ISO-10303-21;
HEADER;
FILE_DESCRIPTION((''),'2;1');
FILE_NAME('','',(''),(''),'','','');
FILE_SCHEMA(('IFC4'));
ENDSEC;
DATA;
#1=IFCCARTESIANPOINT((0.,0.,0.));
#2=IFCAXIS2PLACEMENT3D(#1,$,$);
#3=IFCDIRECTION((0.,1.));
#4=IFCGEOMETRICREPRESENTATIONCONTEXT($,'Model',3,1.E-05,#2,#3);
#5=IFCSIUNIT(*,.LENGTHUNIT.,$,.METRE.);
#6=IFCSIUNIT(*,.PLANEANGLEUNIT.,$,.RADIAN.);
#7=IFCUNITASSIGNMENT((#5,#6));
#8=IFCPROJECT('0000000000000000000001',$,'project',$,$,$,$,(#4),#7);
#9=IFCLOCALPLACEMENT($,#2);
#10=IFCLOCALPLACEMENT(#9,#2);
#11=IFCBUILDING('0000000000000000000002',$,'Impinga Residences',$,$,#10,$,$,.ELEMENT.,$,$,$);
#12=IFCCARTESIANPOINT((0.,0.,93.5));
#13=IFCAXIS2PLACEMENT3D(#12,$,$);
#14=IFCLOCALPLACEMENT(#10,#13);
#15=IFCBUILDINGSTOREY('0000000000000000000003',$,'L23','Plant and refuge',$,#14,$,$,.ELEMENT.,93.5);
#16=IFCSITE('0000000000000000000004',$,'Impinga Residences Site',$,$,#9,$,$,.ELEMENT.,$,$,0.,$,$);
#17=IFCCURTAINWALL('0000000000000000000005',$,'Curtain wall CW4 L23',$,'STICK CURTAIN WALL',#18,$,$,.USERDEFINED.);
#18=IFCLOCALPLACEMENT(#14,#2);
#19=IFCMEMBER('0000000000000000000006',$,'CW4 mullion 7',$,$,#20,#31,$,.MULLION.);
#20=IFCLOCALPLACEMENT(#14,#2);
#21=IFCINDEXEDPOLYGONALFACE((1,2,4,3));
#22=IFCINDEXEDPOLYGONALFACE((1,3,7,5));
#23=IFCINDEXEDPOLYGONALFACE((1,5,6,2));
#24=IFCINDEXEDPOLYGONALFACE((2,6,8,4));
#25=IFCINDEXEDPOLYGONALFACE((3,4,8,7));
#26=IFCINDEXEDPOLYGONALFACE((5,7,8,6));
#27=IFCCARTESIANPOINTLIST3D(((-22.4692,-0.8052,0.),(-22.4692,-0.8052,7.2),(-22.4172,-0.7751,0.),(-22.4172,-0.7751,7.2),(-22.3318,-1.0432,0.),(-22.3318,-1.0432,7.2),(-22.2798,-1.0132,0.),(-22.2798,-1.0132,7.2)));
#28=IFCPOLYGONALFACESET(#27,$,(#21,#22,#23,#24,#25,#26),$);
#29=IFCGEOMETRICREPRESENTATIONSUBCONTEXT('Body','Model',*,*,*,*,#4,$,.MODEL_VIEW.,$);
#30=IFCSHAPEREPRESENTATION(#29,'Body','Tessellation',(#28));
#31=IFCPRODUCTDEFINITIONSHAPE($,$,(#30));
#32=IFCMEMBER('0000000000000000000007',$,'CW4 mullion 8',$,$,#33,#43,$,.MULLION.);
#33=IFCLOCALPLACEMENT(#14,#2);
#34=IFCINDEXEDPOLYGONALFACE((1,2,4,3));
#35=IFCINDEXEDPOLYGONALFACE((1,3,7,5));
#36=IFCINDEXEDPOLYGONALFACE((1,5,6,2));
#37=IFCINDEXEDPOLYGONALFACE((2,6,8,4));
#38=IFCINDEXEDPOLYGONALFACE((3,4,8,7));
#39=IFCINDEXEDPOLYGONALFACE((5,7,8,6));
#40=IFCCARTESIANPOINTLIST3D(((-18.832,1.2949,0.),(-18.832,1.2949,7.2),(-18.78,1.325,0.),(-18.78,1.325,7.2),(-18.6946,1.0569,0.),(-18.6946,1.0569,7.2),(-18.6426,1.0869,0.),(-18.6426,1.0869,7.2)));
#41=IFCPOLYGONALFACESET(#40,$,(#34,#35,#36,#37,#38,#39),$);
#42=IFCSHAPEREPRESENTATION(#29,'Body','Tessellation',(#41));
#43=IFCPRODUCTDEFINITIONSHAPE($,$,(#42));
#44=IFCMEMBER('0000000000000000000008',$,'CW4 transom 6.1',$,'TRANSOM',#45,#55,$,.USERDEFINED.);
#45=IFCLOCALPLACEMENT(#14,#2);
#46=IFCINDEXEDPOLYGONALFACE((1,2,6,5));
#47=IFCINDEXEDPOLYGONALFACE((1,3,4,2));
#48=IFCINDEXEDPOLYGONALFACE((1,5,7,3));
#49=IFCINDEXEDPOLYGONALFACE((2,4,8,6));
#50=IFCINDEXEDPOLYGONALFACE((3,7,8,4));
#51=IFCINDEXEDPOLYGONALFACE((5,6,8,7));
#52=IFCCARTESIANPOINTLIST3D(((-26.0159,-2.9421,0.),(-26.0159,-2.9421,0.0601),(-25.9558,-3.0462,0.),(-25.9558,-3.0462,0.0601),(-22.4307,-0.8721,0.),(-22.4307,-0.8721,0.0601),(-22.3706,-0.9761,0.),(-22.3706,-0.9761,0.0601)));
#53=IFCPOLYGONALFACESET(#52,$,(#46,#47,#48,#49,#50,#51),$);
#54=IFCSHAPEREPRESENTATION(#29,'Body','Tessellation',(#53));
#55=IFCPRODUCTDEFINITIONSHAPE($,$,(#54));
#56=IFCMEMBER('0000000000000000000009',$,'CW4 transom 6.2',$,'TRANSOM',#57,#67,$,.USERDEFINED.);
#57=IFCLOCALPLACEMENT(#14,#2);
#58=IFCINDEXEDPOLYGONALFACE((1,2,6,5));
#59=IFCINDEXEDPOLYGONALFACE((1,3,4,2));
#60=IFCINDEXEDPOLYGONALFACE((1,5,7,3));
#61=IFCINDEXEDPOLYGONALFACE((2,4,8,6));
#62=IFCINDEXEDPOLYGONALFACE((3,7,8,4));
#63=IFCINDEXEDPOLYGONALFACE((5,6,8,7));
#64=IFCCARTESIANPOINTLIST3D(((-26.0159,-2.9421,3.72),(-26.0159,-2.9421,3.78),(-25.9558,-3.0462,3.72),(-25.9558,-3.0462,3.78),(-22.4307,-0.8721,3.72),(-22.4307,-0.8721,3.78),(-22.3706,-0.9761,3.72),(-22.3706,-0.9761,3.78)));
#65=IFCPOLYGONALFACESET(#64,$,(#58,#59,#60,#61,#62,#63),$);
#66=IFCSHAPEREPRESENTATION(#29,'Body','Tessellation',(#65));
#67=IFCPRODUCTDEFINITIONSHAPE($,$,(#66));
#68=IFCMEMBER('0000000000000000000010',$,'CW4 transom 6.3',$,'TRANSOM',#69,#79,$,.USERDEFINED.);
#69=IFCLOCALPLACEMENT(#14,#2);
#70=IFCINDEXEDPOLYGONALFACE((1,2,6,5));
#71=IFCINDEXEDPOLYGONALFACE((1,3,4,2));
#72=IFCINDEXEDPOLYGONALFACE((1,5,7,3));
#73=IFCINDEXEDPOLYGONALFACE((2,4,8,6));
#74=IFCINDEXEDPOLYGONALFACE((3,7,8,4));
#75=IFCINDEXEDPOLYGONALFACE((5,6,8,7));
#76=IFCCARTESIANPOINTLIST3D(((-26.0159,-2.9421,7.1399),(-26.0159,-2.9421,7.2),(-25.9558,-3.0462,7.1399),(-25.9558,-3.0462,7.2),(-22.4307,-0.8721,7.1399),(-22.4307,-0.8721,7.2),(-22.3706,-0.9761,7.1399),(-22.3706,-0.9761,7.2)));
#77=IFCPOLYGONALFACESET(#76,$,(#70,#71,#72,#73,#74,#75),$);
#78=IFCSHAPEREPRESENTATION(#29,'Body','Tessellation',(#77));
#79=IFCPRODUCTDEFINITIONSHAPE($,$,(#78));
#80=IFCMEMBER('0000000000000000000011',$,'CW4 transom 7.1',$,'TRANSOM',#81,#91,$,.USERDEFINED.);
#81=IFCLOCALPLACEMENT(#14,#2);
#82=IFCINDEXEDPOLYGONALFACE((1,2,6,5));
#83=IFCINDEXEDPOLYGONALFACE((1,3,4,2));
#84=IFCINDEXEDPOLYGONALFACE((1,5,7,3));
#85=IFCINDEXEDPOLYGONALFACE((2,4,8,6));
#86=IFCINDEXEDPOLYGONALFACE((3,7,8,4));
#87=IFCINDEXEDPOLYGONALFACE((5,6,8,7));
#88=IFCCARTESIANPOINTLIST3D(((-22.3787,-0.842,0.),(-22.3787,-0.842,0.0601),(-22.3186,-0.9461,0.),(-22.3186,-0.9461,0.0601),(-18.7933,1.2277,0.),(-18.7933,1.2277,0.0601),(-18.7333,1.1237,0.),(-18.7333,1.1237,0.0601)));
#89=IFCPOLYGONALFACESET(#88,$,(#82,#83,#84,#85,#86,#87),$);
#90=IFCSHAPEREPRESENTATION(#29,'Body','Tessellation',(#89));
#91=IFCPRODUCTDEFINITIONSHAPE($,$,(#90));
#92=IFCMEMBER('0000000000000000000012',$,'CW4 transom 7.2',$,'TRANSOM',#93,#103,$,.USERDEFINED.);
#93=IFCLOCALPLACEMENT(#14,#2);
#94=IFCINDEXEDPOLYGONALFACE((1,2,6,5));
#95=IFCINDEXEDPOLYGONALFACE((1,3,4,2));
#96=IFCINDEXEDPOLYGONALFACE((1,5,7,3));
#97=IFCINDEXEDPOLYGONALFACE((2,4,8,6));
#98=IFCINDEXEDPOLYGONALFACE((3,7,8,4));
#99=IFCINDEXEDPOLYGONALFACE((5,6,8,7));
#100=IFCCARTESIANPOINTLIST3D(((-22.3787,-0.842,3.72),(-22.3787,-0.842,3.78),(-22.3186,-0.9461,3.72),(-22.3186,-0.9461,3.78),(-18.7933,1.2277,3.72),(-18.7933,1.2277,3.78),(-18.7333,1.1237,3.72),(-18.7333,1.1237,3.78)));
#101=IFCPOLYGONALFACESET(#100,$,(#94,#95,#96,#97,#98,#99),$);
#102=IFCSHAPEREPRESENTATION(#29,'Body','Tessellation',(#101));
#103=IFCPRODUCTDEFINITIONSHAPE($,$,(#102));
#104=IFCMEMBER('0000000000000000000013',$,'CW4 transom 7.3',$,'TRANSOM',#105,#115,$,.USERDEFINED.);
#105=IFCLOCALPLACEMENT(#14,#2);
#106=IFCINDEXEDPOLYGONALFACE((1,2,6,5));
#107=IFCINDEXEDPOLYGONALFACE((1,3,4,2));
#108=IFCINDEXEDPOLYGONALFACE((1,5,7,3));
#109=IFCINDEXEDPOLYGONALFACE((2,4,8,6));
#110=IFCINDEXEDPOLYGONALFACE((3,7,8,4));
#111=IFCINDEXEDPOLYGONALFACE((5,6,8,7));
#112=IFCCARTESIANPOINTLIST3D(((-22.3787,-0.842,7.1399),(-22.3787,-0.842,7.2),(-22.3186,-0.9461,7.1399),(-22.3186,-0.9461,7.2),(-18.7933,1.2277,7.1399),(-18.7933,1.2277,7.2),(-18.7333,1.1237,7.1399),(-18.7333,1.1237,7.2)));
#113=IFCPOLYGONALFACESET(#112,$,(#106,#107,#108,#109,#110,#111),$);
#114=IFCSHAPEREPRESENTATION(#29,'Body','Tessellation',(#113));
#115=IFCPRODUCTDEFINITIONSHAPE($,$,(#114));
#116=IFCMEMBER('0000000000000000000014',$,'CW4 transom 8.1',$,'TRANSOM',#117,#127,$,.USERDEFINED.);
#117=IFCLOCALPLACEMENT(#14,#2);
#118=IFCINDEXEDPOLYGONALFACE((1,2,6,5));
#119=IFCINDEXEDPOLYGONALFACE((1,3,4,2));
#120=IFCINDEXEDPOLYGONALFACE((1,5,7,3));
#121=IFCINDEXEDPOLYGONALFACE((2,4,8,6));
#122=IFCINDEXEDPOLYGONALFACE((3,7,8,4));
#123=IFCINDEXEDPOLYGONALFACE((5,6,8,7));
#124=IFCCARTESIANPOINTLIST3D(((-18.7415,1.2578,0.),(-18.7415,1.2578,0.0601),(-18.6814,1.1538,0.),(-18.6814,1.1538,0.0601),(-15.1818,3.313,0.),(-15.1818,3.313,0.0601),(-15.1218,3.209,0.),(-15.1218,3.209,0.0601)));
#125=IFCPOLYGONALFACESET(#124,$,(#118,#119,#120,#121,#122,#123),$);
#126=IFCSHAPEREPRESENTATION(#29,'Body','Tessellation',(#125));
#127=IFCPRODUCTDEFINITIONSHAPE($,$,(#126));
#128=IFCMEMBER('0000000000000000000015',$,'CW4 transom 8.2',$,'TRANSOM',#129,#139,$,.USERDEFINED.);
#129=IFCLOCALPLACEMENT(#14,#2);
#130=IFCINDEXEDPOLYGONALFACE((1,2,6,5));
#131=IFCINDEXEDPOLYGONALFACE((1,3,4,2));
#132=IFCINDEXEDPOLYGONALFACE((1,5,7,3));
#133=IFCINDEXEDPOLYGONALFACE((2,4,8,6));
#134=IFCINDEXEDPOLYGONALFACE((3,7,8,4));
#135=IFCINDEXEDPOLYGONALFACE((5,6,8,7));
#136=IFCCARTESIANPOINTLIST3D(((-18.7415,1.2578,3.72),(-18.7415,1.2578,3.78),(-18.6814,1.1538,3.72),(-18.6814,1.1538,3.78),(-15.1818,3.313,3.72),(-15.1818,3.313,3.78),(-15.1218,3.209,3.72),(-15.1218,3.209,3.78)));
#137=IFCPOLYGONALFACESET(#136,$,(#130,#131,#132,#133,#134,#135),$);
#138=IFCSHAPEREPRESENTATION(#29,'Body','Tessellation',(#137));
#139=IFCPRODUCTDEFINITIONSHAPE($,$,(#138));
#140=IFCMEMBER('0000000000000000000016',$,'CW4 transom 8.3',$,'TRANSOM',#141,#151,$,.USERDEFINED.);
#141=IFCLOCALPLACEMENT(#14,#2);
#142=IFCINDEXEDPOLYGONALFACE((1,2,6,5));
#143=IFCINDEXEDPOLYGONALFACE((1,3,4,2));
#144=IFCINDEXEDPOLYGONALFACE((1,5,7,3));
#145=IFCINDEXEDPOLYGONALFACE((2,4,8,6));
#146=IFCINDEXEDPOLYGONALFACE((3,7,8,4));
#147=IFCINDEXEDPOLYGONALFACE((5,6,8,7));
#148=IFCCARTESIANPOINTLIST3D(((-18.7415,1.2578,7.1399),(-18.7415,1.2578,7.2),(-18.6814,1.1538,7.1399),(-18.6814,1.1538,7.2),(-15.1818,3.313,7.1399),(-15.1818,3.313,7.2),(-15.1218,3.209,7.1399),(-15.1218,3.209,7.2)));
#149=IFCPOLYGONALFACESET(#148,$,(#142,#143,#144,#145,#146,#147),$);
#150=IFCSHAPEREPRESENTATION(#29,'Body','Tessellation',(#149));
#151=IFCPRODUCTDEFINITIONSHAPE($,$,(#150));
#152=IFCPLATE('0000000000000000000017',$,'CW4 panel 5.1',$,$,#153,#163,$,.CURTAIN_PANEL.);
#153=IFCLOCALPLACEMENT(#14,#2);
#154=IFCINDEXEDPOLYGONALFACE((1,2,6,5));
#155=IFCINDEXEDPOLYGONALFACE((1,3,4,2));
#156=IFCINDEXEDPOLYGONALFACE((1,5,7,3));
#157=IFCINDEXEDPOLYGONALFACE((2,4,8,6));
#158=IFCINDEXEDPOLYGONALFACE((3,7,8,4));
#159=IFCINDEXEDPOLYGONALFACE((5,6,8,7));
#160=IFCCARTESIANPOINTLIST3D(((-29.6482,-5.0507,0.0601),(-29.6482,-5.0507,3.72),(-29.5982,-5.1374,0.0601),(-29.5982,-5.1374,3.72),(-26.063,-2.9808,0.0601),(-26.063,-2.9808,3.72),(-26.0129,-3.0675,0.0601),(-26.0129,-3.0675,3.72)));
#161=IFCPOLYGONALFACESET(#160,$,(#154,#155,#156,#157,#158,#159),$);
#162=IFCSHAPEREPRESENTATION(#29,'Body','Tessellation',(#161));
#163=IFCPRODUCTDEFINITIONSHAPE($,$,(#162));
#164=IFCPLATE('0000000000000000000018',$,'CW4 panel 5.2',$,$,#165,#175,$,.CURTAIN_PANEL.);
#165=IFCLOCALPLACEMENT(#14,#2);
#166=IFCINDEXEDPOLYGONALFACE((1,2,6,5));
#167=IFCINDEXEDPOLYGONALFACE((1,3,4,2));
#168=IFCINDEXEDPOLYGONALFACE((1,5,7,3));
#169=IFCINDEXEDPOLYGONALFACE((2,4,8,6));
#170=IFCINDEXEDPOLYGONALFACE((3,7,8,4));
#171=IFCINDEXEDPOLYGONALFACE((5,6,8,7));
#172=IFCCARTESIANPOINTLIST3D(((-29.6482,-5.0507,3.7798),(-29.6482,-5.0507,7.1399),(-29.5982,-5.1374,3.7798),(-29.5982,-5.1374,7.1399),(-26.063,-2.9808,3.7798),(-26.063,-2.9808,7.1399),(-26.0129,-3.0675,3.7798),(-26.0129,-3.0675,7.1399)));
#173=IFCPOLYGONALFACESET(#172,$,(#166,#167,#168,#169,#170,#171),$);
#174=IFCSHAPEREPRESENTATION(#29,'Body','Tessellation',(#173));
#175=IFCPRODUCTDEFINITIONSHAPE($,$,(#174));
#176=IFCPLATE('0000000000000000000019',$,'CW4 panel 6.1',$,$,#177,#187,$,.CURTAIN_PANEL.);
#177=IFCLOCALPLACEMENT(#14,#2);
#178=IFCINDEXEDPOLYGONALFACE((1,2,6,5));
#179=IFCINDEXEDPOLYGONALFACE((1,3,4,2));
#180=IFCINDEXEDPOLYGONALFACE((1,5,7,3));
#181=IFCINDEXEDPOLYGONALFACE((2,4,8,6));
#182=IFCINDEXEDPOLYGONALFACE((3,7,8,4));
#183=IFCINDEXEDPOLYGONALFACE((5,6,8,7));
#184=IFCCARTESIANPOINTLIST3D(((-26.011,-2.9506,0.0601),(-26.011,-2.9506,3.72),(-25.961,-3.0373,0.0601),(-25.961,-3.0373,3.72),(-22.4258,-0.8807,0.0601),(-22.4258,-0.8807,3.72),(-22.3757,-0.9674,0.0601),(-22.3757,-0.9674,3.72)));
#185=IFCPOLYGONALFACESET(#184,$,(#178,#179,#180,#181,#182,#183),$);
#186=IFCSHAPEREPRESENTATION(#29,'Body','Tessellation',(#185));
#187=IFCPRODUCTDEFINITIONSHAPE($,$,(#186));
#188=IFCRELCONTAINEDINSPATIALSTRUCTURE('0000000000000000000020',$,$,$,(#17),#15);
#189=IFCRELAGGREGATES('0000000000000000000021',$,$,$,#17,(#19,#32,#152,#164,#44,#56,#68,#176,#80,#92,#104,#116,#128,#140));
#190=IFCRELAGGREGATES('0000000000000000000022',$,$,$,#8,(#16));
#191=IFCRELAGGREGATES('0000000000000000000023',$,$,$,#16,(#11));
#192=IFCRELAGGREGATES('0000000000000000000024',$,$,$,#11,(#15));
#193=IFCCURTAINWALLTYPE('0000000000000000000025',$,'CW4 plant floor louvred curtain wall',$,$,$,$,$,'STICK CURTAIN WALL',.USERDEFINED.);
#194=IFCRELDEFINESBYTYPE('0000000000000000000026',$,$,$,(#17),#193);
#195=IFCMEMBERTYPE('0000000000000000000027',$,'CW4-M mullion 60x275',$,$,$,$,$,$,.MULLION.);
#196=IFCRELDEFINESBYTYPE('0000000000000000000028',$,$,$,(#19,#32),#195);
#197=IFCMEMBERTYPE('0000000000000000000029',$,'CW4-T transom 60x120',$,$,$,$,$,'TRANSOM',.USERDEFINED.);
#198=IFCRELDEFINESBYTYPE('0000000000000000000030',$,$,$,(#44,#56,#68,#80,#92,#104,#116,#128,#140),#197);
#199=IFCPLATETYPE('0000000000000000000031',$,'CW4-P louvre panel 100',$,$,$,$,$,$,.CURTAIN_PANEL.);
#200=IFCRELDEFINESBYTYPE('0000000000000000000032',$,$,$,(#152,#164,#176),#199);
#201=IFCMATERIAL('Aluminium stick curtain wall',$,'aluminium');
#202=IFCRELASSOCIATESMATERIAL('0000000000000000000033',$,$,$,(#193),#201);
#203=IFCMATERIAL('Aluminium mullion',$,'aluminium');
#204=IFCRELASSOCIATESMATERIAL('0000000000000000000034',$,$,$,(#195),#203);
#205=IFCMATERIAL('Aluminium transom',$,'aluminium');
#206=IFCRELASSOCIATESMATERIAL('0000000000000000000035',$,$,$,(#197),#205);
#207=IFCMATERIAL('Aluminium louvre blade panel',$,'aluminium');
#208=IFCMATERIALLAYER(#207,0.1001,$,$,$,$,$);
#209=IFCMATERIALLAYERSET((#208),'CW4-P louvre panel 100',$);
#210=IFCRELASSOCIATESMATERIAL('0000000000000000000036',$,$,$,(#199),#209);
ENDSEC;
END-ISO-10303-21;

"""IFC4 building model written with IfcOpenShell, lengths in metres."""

from ifc_helpers import new_model, si_unit, direction, frame, origin, origin_2d, place, context, subcontext, project, spatial, rectangle, extrude, material, layer, layer_set, material_profile, profile_set, type_object, element, aggregate, save


model = new_model("IFC4")

# Units and contexts
model_context = context("Model", 3, precision=1e-05, world=origin(), true_north=direction((0.0, 1.0)))
body_context = subcontext(model_context, "Body", "Model", "MODEL_VIEW")
ifc_project = project(units=[si_unit("LENGTHUNIT", "METRE"), si_unit("PLANEANGLEUNIT", "RADIAN")], contexts=[model_context])

# Site, building, storey
site_placement = place(None, origin())
site = spatial("IfcSite", under=ifc_project, at=site_placement, Name="Impinga Residences Site", CompositionType="ELEMENT", RefElevation=0.0)
building_placement = place(site_placement, origin())
building = spatial("IfcBuilding", under=site, at=building_placement, Name="Impinga Residences", CompositionType="ELEMENT")
storey_placement = place(building_placement, frame((0.0, 0.0, 93.5)))
storey = spatial("IfcBuildingStorey", under=building, at=storey_placement, Name="L23", Description="Plant and refuge", CompositionType="ELEMENT", Elevation=93.5)

# Curtain wall, members, plates
ifc_material_1 = material(Name="Aluminium stick curtain wall", Category="aluminium")
curtain_wall_type = type_object("IfcCurtainWallType", Name="CW4 plant floor louvred curtain wall", ElementType="STICK CURTAIN WALL", PredefinedType="USERDEFINED", material=ifc_material_1)
curtain_wall_placement = place(storey_placement, origin())
curtain_wall = element("IfcCurtainWall", 1, at=curtain_wall_placement, inside=storey, type_object=curtain_wall_type, Name="Curtain wall CW4 L23", ObjectType="STICK CURTAIN WALL", PredefinedType="USERDEFINED")
ifc_material_2 = material(Name="Aluminium mullion", Category="aluminium")
ifc_material_profile_1 = material_profile(ifc_material_2, rectangle(XDim=0.0601, YDim=0.2749, at=origin_2d()), Name="60x275 mullion")
ifc_profile_set_1 = profile_set([ifc_material_profile_1], Name="Aluminium mullion")
member_type_1 = type_object("IfcMemberType", Name="CW4-M mullion 60x275", PredefinedType="MULLION", material=ifc_profile_set_1)
member_1_placement = place(storey_placement, frame((-22.3745, -0.9092, 0.0), z_axis=(0.0, 0.0, 1.0), x_axis=(0.866025, 0.5, 0.0)))
member_1 = element("IfcMember", 2, at=member_1_placement, type_object=member_type_1, Name="CW4 mullion 7", PredefinedType="MULLION", context=body_context, shape_type="SweptSolid", body=[
    extrude(rectangle(XDim=0.0601, YDim=0.2749, at=origin_2d()), origin(), (0.0, 0.0, 1.0), 7.2),
])
member_2_placement = place(storey_placement, frame((-18.7373, 1.1909, 0.0), z_axis=(0.0, 0.0, 1.0), x_axis=(0.866025, 0.5, 0.0)))
member_2 = element("IfcMember", 3, at=member_2_placement, type_object=member_type_1, Name="CW4 mullion 8", PredefinedType="MULLION", context=body_context, shape_type="SweptSolid", body=[
    extrude(rectangle(XDim=0.0601, YDim=0.2749, at=origin_2d()), origin(), (0.0, 0.0, 1.0), 7.2),
])
ifc_material_3 = material(Name="Aluminium transom", Category="aluminium")
ifc_material_profile_2 = material_profile(ifc_material_3, rectangle(XDim=0.0601, YDim=0.1201, at=origin_2d()), Name="60x120 transom")
ifc_profile_set_2 = profile_set([ifc_material_profile_2], Name="Aluminium transom")
member_type_2 = type_object("IfcMemberType", Name="CW4-T transom 60x120", ElementType="TRANSOM", PredefinedType="USERDEFINED", material=ifc_profile_set_2)
member_3_placement = place(storey_placement, frame((-25.9858, -2.9941, 0.03), z_axis=(0.86601, 0.500027, 0.0), x_axis=(0.0, 0.0, 1.0)))
member_3 = element("IfcMember", 4, at=member_3_placement, type_object=member_type_2, Name="CW4 transom 6.1", ObjectType="TRANSOM", PredefinedType="USERDEFINED", context=body_context, shape_type="SweptSolid", body=[
    extrude(rectangle(XDim=0.0601, YDim=0.1201, at=origin_2d()), origin(), (0.0, 0.0, 1.0), 4.1399),
])
member_4_placement = place(storey_placement, frame((-25.9858, -2.9941, 3.75), z_axis=(0.86601, 0.500027, 0.0), x_axis=(0.0, 0.0, 1.0)))
member_4 = element("IfcMember", 5, at=member_4_placement, type_object=member_type_2, Name="CW4 transom 6.2", ObjectType="TRANSOM", PredefinedType="USERDEFINED", context=body_context, shape_type="SweptSolid", body=[
    extrude(rectangle(XDim=0.0601, YDim=0.1201, at=origin_2d()), origin(), (0.0, 0.0, 1.0), 4.1399),
])
member_5_placement = place(storey_placement, frame((-25.9858, -2.9941, 7.1699), z_axis=(0.86601, 0.500027, 0.0), x_axis=(0.0, 0.0, 1.0)))
member_5 = element("IfcMember", 6, at=member_5_placement, type_object=member_type_2, Name="CW4 transom 6.3", ObjectType="TRANSOM", PredefinedType="USERDEFINED", context=body_context, shape_type="SweptSolid", body=[
    extrude(rectangle(XDim=0.0601, YDim=0.1201, at=origin_2d()), origin(), (0.0, 0.0, 1.0), 4.1399),
])
member_6_placement = place(storey_placement, frame((-22.3486, -0.894, 0.03), z_axis=(0.86605, 0.499957, 0.0), x_axis=(0.0, 0.0, 1.0)))
member_6 = element("IfcMember", 7, at=member_6_placement, type_object=member_type_2, Name="CW4 transom 7.1", ObjectType="TRANSOM", PredefinedType="USERDEFINED", context=body_context, shape_type="SweptSolid", body=[
    extrude(rectangle(XDim=0.0601, YDim=0.1201, at=origin_2d()), origin(), (0.0, 0.0, 1.0), 4.1399),
])
member_7_placement = place(storey_placement, frame((-22.3486, -0.894, 3.75), z_axis=(0.86605, 0.499957, 0.0), x_axis=(0.0, 0.0, 1.0)))
member_7 = element("IfcMember", 8, at=member_7_placement, type_object=member_type_2, Name="CW4 transom 7.2", ObjectType="TRANSOM", PredefinedType="USERDEFINED", context=body_context, shape_type="SweptSolid", body=[
    extrude(rectangle(XDim=0.0601, YDim=0.1201, at=origin_2d()), origin(), (0.0, 0.0, 1.0), 4.1399),
])
member_8_placement = place(storey_placement, frame((-22.3486, -0.894, 7.1699), z_axis=(0.86605, 0.499957, 0.0), x_axis=(0.0, 0.0, 1.0)))
member_8 = element("IfcMember", 9, at=member_8_placement, type_object=member_type_2, Name="CW4 transom 7.3", ObjectType="TRANSOM", PredefinedType="USERDEFINED", context=body_context, shape_type="SweptSolid", body=[
    extrude(rectangle(XDim=0.0601, YDim=0.1201, at=origin_2d()), origin(), (0.0, 0.0, 1.0), 4.1399),
])
member_9_placement = place(storey_placement, frame((-18.7114, 1.2058, 0.03), z_axis=(0.866019, 0.50001, 0.0), x_axis=(0.0, 0.0, 1.0)))
member_9 = element("IfcMember", 10, at=member_9_placement, type_object=member_type_2, Name="CW4 transom 8.1", ObjectType="TRANSOM", PredefinedType="USERDEFINED", context=body_context, shape_type="SweptSolid", body=[
    extrude(rectangle(XDim=0.0601, YDim=0.1201, at=origin_2d()), origin(), (0.0, 0.0, 1.0), 4.1104),
])
member_10_placement = place(storey_placement, frame((-18.7114, 1.2058, 3.75), z_axis=(0.866019, 0.50001, 0.0), x_axis=(0.0, 0.0, 1.0)))
member_10 = element("IfcMember", 11, at=member_10_placement, type_object=member_type_2, Name="CW4 transom 8.2", ObjectType="TRANSOM", PredefinedType="USERDEFINED", context=body_context, shape_type="SweptSolid", body=[
    extrude(rectangle(XDim=0.0601, YDim=0.1201, at=origin_2d()), origin(), (0.0, 0.0, 1.0), 4.1104),
])
member_11_placement = place(storey_placement, frame((-18.7114, 1.2058, 7.1699), z_axis=(0.866019, 0.50001, 0.0), x_axis=(0.0, 0.0, 1.0)))
member_11 = element("IfcMember", 12, at=member_11_placement, type_object=member_type_2, Name="CW4 transom 8.3", ObjectType="TRANSOM", PredefinedType="USERDEFINED", context=body_context, shape_type="SweptSolid", body=[
    extrude(rectangle(XDim=0.0601, YDim=0.1201, at=origin_2d()), origin(), (0.0, 0.0, 1.0), 4.1104),
])
ifc_material_4 = material(Name="Aluminium louvre blade panel", Category="aluminium")
ifc_layer = layer(ifc_material_4, 0.1001)
ifc_layer_set = layer_set([ifc_layer], Name="CW4-P louvre panel 100")
plate_type = type_object("IfcPlateType", Name="CW4-P louvre panel 100", PredefinedType="CURTAIN_PANEL", material=ifc_layer_set)
plate_1_placement = place(storey_placement, frame((-27.8306, -4.0591, 0.0601), z_axis=(0.0, 0.0, 1.0), x_axis=(0.866025, 0.5, 0.0)))
plate_1 = element("IfcPlate", 13, at=plate_1_placement, type_object=plate_type, Name="CW4 panel 5.1", PredefinedType="CURTAIN_PANEL", context=body_context, shape_type="SweptSolid", body=[
    extrude(rectangle(XDim=4.1399, YDim=0.1001, at=origin_2d()), origin(), (0.0, 0.0, 1.0), 3.6599),
])
plate_2_placement = place(storey_placement, frame((-27.8306, -4.0591, 3.7798), z_axis=(0.0, 0.0, 1.0), x_axis=(0.866025, 0.5, 0.0)))
plate_2 = element("IfcPlate", 14, at=plate_2_placement, type_object=plate_type, Name="CW4 panel 5.2", PredefinedType="CURTAIN_PANEL", context=body_context, shape_type="SweptSolid", body=[
    extrude(rectangle(XDim=4.1399, YDim=0.1001, at=origin_2d()), origin(), (0.0, 0.0, 1.0), 3.3601),
])
plate_3_placement = place(storey_placement, frame((-24.1934, -1.959, 0.0601), z_axis=(0.0, 0.0, 1.0), x_axis=(0.866025, 0.5, 0.0)))
plate_3 = element("IfcPlate", 15, at=plate_3_placement, type_object=plate_type, Name="CW4 panel 6.1", PredefinedType="CURTAIN_PANEL", context=body_context, shape_type="SweptSolid", body=[
    extrude(rectangle(XDim=4.1399, YDim=0.1001, at=origin_2d()), origin(), (0.0, 0.0, 1.0), 3.6599),
])
aggregate(curtain_wall, [member_1, member_2, plate_1, plate_2, member_3, member_4, member_5, plate_3, member_6, member_7, member_8, member_9, member_10, member_11])

save(model, "model.ifc")
